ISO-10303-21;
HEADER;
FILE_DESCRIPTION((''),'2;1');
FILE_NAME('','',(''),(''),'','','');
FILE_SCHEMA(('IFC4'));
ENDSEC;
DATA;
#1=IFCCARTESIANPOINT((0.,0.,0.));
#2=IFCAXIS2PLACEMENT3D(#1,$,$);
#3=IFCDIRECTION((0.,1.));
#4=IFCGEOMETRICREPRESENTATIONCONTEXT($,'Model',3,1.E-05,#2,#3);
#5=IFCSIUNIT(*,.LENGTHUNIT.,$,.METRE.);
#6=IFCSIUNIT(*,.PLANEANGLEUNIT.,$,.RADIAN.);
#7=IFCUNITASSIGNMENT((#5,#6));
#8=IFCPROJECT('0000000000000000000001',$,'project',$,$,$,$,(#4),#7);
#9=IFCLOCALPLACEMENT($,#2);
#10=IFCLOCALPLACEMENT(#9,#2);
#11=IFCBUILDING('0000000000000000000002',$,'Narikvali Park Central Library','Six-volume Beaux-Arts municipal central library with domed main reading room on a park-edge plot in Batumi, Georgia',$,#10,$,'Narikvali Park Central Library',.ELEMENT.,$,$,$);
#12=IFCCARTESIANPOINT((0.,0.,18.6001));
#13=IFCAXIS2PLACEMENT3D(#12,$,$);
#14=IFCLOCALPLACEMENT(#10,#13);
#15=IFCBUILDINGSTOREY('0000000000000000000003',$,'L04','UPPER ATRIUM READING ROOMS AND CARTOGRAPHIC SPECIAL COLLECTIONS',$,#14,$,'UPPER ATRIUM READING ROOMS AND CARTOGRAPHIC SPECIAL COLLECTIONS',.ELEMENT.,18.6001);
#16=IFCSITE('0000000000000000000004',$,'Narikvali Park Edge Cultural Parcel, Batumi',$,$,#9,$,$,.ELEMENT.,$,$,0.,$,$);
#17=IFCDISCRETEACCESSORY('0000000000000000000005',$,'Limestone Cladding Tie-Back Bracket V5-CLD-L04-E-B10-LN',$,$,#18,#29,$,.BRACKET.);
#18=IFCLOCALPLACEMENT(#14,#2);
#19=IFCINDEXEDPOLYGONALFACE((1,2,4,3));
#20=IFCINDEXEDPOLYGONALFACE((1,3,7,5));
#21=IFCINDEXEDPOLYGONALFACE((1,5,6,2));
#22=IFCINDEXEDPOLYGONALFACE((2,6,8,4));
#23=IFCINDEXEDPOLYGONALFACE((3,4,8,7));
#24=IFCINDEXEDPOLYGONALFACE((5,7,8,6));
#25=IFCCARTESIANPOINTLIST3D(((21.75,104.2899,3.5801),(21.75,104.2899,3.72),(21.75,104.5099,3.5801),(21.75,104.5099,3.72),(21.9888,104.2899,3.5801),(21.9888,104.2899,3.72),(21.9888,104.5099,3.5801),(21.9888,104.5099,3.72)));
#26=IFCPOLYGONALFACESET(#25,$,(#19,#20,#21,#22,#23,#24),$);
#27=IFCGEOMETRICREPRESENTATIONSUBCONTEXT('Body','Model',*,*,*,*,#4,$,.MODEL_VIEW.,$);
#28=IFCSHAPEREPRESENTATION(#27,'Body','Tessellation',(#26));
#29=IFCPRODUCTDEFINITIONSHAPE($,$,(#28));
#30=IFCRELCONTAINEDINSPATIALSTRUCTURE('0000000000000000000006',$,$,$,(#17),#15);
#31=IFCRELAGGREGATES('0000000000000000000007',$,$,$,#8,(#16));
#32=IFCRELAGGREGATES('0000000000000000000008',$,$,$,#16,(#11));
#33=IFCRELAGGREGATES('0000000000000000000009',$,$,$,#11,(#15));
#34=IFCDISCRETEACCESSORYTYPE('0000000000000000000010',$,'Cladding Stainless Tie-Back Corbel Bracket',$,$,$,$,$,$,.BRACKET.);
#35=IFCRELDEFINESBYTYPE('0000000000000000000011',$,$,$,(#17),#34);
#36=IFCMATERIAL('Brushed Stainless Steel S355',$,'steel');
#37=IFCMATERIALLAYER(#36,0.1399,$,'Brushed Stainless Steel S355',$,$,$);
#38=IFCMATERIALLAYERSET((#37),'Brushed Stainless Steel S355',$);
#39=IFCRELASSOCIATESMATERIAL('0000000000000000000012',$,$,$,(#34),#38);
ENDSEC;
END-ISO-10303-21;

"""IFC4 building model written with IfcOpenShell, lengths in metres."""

from ifc_helpers import new_model, si_unit, direction, frame, origin, origin_2d, place, context, subcontext, project, spatial, rectangle, extrude, material, layer, layer_set, type_object, element, save


model = new_model("IFC4")

# Units and contexts
model_context = context("Model", 3, precision=1e-05, world=origin(), true_north=direction((0.0, 1.0)))
body_context = subcontext(model_context, "Body", "Model", "MODEL_VIEW")
ifc_project = project(units=[si_unit("LENGTHUNIT", "METRE"), si_unit("PLANEANGLEUNIT", "RADIAN")], contexts=[model_context])

# Site, building, storey
site_placement = place(None, origin())
site = spatial("IfcSite", under=ifc_project, at=site_placement, Name="Narikvali Park Edge Cultural Parcel, Batumi", CompositionType="ELEMENT", RefElevation=0.0)
building_placement = place(site_placement, origin())
building = spatial("IfcBuilding", under=site, at=building_placement, Name="Narikvali Park Central Library", Description="Six-volume Beaux-Arts municipal central library with domed main reading room on a park-edge plot in Batumi, Georgia", LongName="Narikvali Park Central Library", CompositionType="ELEMENT")
storey_placement = place(building_placement, frame((0.0, 0.0, 18.6001)))
storey = spatial("IfcBuildingStorey", under=building, at=storey_placement, Name="L04", Description="UPPER ATRIUM READING ROOMS AND CARTOGRAPHIC SPECIAL COLLECTIONS", LongName="UPPER ATRIUM READING ROOMS AND CARTOGRAPHIC SPECIAL COLLECTIONS", CompositionType="ELEMENT", Elevation=18.6001)

# Shared definitions
ifc_material_1 = material(Name="Brushed Stainless Steel S355", Category="steel")

# Discrete accessory
ifc_layer_1 = layer(ifc_material_1, 0.1399, Name="Brushed Stainless Steel S355")
ifc_layer_set_1 = layer_set([ifc_layer_1], Name="Brushed Stainless Steel S355")
discrete_accessory_type = type_object("IfcDiscreteAccessoryType", Name="Cladding Stainless Tie-Back Corbel Bracket", PredefinedType="BRACKET", material=ifc_layer_set_1)
discrete_accessory_1_placement = place(storey_placement, frame((21.8694, 104.3999, 3.5801), z_axis=(0.0, 0.0, 1.0), x_axis=(1.0, 0.0, 0.0)))
element("IfcDiscreteAccessory", 1, at=discrete_accessory_1_placement, inside=storey, type_object=discrete_accessory_type, Name="Limestone Cladding Tie-Back Bracket V5-CLD-L04-E-B10-LN", PredefinedType="BRACKET", context=body_context, shape_type="SweptSolid", body=[
    extrude(rectangle(XDim=0.2388, YDim=0.22, at=origin_2d()), origin(), (0.0, 0.0, 1.0), 0.1399),
])

save(model, "model.ifc")
